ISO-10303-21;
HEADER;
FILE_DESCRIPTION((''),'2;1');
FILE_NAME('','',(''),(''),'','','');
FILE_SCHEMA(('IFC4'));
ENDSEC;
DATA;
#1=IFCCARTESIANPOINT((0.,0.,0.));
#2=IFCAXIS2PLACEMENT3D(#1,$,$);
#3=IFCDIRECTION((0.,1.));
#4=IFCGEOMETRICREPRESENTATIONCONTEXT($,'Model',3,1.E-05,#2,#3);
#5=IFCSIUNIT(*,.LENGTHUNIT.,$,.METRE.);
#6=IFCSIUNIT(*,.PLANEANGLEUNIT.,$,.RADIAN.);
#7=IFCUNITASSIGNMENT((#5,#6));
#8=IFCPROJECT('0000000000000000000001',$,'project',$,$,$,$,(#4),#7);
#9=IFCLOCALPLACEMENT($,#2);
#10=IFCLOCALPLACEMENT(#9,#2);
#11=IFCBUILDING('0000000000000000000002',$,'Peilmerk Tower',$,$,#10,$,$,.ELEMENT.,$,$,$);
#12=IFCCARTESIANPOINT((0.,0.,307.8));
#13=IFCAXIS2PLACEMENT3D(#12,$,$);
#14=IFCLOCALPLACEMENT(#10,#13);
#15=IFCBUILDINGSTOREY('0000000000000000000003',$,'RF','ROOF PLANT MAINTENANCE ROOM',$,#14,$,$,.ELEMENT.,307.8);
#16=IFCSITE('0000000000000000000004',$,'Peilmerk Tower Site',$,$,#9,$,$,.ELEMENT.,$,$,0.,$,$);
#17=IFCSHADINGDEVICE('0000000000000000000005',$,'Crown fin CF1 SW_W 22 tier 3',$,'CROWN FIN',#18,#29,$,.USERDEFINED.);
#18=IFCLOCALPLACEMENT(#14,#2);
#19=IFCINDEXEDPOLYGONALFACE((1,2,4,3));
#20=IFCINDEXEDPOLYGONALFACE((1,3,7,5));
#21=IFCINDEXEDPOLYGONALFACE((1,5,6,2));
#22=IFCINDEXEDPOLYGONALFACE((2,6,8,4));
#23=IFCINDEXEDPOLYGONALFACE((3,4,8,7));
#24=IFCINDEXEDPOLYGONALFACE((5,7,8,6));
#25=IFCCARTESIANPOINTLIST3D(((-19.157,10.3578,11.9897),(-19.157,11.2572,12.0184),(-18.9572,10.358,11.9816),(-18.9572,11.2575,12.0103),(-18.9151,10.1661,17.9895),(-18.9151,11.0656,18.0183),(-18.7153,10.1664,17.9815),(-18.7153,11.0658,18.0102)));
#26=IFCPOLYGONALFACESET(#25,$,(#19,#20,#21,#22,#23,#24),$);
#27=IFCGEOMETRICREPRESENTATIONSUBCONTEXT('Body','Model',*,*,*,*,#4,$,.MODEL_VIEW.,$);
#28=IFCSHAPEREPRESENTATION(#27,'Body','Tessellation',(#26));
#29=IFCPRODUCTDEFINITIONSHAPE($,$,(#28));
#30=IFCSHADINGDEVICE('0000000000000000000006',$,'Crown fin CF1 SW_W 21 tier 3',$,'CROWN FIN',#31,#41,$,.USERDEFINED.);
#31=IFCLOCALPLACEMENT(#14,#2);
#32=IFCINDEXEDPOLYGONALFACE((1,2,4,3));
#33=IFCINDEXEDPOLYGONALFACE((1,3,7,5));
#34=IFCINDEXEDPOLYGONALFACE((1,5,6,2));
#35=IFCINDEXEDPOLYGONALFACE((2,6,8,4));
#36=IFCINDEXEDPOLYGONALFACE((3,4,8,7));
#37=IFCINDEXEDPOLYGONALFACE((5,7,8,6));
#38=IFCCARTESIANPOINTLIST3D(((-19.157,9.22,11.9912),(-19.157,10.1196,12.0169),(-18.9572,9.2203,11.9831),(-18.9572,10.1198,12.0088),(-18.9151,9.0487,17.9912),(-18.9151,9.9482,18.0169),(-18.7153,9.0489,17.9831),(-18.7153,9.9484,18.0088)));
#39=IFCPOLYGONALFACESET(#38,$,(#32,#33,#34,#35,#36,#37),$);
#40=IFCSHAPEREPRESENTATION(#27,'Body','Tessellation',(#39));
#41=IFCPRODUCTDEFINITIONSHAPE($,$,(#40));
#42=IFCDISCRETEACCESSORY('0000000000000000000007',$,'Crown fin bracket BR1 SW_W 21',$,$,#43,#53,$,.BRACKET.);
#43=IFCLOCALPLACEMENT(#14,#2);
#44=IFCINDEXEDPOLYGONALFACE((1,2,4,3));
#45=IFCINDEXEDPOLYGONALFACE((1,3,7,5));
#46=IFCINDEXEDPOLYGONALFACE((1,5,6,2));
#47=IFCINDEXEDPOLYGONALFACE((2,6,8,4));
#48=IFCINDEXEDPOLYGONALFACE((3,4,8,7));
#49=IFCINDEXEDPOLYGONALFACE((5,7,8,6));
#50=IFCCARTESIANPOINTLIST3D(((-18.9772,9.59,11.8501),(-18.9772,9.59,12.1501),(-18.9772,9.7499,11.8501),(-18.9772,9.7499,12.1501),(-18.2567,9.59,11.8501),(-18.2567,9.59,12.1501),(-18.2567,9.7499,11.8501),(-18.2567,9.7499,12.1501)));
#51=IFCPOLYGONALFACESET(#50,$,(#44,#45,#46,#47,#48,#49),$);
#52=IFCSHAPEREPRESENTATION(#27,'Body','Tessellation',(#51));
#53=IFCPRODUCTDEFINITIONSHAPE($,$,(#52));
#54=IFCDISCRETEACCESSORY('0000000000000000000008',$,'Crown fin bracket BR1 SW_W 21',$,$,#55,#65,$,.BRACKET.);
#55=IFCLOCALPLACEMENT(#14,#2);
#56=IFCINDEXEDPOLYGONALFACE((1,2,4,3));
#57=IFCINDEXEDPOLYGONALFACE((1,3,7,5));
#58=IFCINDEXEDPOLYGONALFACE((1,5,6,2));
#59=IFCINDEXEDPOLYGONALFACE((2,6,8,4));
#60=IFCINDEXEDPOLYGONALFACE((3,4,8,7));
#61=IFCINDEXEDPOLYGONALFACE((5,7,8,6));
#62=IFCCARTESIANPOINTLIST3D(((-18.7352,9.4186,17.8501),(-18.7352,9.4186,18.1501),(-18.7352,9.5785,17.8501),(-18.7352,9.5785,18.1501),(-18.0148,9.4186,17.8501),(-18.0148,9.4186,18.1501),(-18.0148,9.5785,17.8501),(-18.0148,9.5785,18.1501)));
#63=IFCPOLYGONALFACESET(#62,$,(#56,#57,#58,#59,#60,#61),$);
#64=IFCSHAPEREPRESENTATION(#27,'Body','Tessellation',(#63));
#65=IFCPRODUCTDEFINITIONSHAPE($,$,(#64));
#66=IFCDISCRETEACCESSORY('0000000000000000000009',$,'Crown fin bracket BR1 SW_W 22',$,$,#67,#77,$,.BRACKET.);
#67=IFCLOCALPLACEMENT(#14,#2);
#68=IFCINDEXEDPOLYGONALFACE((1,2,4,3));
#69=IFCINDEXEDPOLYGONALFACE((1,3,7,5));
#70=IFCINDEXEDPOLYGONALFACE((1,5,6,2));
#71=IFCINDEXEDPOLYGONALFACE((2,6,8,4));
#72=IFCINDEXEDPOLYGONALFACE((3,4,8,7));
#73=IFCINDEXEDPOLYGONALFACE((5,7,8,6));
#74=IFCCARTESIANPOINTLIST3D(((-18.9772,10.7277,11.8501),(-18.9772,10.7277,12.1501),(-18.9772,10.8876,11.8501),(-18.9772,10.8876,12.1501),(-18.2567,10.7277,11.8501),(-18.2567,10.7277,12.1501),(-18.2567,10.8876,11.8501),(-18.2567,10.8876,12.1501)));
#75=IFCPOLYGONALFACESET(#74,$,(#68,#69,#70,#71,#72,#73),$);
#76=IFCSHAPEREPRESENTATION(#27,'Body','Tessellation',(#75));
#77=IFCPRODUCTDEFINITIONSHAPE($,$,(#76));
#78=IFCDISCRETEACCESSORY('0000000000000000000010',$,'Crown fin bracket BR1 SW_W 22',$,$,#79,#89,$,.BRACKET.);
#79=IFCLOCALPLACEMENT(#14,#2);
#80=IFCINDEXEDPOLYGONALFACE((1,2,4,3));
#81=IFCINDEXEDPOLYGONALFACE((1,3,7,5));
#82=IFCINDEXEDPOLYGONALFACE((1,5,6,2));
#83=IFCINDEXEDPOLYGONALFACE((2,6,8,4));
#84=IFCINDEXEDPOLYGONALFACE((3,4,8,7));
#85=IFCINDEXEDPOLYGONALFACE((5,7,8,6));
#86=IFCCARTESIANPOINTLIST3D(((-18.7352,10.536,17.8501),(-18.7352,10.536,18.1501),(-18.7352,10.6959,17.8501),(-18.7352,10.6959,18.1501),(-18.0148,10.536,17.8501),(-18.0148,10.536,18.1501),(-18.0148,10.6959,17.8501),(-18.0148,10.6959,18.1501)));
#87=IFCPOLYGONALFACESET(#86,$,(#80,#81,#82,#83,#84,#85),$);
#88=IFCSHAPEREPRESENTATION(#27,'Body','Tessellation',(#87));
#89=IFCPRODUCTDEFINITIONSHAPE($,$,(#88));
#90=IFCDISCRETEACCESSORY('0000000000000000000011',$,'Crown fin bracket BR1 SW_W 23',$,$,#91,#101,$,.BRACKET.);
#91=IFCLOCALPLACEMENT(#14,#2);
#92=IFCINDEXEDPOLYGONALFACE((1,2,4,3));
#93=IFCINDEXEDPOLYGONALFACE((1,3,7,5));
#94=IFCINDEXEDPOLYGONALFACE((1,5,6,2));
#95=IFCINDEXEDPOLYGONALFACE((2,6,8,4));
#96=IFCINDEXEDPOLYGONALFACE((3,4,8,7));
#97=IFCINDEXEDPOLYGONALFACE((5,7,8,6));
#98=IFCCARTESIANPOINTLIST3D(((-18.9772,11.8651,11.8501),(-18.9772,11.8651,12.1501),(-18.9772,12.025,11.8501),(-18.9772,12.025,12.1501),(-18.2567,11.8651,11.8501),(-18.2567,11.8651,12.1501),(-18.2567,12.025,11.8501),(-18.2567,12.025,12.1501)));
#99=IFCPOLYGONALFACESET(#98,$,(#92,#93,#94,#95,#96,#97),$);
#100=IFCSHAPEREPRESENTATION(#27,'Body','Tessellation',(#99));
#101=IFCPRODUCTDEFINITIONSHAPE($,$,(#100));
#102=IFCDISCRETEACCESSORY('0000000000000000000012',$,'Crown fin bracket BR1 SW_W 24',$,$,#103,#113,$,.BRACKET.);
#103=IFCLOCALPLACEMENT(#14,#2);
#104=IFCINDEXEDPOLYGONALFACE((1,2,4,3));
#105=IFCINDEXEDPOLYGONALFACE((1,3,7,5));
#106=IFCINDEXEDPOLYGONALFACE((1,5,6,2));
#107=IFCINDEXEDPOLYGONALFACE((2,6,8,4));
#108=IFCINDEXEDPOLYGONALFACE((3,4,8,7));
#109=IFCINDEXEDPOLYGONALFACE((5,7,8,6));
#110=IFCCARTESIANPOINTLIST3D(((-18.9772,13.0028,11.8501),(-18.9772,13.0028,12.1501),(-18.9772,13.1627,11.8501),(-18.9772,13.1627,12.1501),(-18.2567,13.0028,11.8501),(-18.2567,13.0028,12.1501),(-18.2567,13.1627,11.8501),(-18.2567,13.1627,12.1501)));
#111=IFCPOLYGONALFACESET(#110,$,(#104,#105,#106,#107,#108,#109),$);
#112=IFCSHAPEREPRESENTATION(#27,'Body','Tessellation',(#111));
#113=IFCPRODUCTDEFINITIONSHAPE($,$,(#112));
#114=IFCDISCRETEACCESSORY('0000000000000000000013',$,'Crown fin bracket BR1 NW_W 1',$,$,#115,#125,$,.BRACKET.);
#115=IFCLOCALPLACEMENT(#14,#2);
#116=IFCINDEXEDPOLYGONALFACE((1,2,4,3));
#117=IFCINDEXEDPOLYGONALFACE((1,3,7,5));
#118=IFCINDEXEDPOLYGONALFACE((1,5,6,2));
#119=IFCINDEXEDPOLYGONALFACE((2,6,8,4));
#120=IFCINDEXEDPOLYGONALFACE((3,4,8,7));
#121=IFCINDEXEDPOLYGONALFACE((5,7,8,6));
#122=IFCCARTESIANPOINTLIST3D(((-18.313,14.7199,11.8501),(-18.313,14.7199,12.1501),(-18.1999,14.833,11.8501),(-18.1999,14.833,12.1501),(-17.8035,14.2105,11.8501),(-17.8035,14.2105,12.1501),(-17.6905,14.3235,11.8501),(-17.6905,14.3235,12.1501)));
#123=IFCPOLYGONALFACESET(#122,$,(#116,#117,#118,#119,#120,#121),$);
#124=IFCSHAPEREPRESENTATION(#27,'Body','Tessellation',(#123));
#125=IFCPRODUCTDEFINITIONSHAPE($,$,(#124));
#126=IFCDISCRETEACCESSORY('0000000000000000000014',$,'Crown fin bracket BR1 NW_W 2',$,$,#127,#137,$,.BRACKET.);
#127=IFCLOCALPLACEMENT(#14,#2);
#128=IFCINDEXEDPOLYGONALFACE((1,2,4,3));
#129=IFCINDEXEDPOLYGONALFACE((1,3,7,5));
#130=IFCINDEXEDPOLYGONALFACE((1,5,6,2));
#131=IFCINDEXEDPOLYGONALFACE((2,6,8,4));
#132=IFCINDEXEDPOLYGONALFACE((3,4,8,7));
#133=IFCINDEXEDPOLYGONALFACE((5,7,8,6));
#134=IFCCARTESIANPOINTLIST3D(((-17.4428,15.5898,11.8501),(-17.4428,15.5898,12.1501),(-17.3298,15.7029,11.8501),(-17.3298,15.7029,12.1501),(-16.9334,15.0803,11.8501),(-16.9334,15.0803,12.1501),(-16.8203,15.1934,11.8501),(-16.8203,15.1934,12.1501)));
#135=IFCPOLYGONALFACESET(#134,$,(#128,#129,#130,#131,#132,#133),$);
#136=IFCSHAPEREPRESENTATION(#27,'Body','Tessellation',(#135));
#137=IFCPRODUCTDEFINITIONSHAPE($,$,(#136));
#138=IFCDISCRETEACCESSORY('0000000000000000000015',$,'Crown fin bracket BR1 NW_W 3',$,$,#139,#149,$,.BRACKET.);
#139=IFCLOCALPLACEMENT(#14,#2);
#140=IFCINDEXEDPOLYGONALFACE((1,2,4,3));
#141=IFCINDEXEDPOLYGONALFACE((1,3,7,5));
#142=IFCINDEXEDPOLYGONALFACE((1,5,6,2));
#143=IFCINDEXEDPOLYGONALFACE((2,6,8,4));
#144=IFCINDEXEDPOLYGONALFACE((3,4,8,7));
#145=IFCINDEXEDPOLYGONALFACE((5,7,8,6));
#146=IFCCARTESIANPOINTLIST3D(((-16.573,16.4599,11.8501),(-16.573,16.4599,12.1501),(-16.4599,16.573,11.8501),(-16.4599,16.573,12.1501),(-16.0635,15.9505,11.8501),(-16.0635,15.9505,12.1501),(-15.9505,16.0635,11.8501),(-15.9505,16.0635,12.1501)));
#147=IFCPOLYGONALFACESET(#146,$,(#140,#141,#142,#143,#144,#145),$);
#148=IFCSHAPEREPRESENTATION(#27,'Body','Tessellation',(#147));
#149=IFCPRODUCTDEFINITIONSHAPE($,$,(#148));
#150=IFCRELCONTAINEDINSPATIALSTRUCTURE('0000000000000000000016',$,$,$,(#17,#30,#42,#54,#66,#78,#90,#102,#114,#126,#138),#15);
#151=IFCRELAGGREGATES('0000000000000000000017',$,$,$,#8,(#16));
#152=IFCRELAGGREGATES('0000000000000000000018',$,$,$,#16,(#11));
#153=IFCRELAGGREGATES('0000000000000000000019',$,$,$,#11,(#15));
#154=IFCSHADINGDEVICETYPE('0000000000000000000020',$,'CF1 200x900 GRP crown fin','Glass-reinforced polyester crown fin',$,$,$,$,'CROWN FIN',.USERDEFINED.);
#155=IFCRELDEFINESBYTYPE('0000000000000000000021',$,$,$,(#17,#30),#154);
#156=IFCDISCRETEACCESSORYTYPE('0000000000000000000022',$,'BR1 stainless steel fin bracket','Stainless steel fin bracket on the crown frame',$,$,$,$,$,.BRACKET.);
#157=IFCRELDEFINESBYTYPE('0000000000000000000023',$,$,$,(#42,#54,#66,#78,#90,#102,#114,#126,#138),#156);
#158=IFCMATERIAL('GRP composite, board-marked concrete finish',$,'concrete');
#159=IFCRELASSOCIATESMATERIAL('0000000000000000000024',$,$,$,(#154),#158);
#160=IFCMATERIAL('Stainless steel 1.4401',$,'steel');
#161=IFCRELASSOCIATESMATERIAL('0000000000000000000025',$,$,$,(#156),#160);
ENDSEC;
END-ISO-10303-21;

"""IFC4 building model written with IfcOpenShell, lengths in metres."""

from ifc_helpers import new_model, si_unit, direction, frame, origin, origin_2d, place, context, subcontext, project, spatial, rectangle, extrude, source, transform, mapped, material, material_profile, profile_set, type_object, element, save


model = new_model("IFC4")

# Units and contexts
model_context = context("Model", 3, precision=1e-05, world=origin(), true_north=direction((0.0, 1.0)))
body_context = subcontext(model_context, "Body", "Model", "MODEL_VIEW")
ifc_project = project(units=[si_unit("LENGTHUNIT", "METRE"), si_unit("PLANEANGLEUNIT", "RADIAN")], contexts=[model_context])

# Site, building, storey
site_placement = place(None, origin())
site = spatial("IfcSite", under=ifc_project, at=site_placement, Name="Peilmerk Tower Site", CompositionType="ELEMENT", RefElevation=0.0)
building_placement = place(site_placement, origin())
building = spatial("IfcBuilding", under=site, at=building_placement, Name="Peilmerk Tower", CompositionType="ELEMENT")
storey_placement = place(building_placement, frame((0.0, 0.0, 307.8)))
storey = spatial("IfcBuildingStorey", under=building, at=storey_placement, Name="RF", Description="ROOF PLANT MAINTENANCE ROOM", CompositionType="ELEMENT", Elevation=307.8)

# Shading devices
ifc_material_1 = material(Name="GRP composite, board-marked concrete finish", Category="concrete")
ifc_material_profile_1 = material_profile(ifc_material_1, rectangle(XDim=0.2, YDim=0.8999, at=origin_2d()), Name="CF1 200x900")
ifc_profile_set_1 = profile_set([ifc_material_profile_1], Name="GRP composite, board-marked concrete finish")
shading_device_type = type_object("IfcShadingDeviceType", Name="CF1 200x900 GRP crown fin", Description="Glass-reinforced polyester crown fin", ElementType="CROWN FIN", PredefinedType="USERDEFINED", material=ifc_profile_set_1)
shared_shape_1 = source(origin(), body_context, "Body", "SweptSolid", [
    extrude(rectangle(XDim=0.2, YDim=0.8999, at=origin_2d()), origin(), (0.0, 0.0, 1.0), 6.0078),
])
shading_device_1_placement = place(storey_placement, frame((-19.0571, 10.8076, 12.0), z_axis=(0.040271, -0.0319, 0.998679), x_axis=(-0.999189, -0.001286, 0.04025)))
element("IfcShadingDevice", 1, at=shading_device_1_placement, inside=storey, type_object=shading_device_type, Name="Crown fin CF1 SW_W 22 tier 3", ObjectType="CROWN FIN", PredefinedType="USERDEFINED", context=body_context, shape_type="MappedRepresentation", body=[
    mapped(shared_shape_1, transform((0.0, 0.0, 0.0), scale=1.0)),
])
shared_shape_2 = source(origin(), body_context, "Body", "SweptSolid", [
    extrude(rectangle(XDim=0.2, YDim=0.8999, at=origin_2d()), origin(), (0.0, 0.0, 1.0), 6.0073),
])
shading_device_2_placement = place(storey_placement, frame((-19.0571, 9.6699, 12.0), z_axis=(0.040275, -0.02853, 0.998781), x_axis=(-0.999189, -0.00115, 0.040258)))
element("IfcShadingDevice", 2, at=shading_device_2_placement, inside=storey, type_object=shading_device_type, Name="Crown fin CF1 SW_W 21 tier 3", ObjectType="CROWN FIN", PredefinedType="USERDEFINED", context=body_context, shape_type="MappedRepresentation", body=[
    mapped(shared_shape_2, transform((0.0, 0.0, 0.0), scale=1.0)),
])

# Discrete accessories
ifc_material_2 = material(Name="Stainless steel 1.4401", Category="steel")
discrete_accessory_type = type_object("IfcDiscreteAccessoryType", Name="BR1 stainless steel fin bracket", Description="Stainless steel fin bracket on the crown frame", PredefinedType="BRACKET", material=ifc_material_2)
shared_shape_3 = source(origin(), body_context, "Body", "SweptSolid", [
    extrude(rectangle(XDim=0.7205, YDim=0.1599, at=origin_2d()), origin(), (0.0, 0.0, 1.0), 0.3),
])
for number, where, z_axis, x_axis, name in (
    (3, (-18.6169, 9.6699, 11.8501), (0.0, 0.0, 1.0), (-1.0, 0.0, 0.0), "Crown fin bracket BR1 SW_W 21"),
    (4, (-18.375, 9.4985, 17.8501), (0.0, 0.0, 1.0), (-1.0, 0.0, 0.0), "Crown fin bracket BR1 SW_W 21"),
    (5, (-18.6169, 10.8076, 11.8501), (0.0, 0.0, 1.0), (-1.0, 0.0, 0.0), "Crown fin bracket BR1 SW_W 22"),
    (6, (-18.375, 10.616, 17.8501), (0.0, 0.0, 1.0), (-1.0, 0.0, 0.0), "Crown fin bracket BR1 SW_W 22"),
    (7, (-18.6169, 11.9451, 11.8501), (0.0, 0.0, 1.0), (-1.0, 0.0, 0.0), "Crown fin bracket BR1 SW_W 23"),
    (8, (-18.6169, 13.0828, 11.8501), (0.0, 0.0, 1.0), (-1.0, 0.0, 0.0), "Crown fin bracket BR1 SW_W 24"),
    (9, (-18.0017, 14.5217, 11.8501), (0.0, 0.0, 1.0), (-0.707107, 0.707107, 0.0), "Crown fin bracket BR1 NW_W 1"),
    (10, (-17.1316, 15.3916, 11.8501), (0.0, 0.0, 1.0), (-0.707107, 0.707107, 0.0), "Crown fin bracket BR1 NW_W 2"),
    (11, (-16.2617, 16.2617, 11.8501), (0.0, 0.0, 1.0), (-0.707107, 0.707107, 0.0), "Crown fin bracket BR1 NW_W 3"),
):
    element("IfcDiscreteAccessory", number, at=place(storey_placement, frame(where, z_axis=z_axis, x_axis=x_axis)), inside=storey, type_object=discrete_accessory_type, Name=name, PredefinedType="BRACKET", context=body_context, shape_type="MappedRepresentation", body=[
        mapped(shared_shape_3, transform((0.0, 0.0, 0.0), scale=1.0)),
    ])

save(model, "model.ifc")
